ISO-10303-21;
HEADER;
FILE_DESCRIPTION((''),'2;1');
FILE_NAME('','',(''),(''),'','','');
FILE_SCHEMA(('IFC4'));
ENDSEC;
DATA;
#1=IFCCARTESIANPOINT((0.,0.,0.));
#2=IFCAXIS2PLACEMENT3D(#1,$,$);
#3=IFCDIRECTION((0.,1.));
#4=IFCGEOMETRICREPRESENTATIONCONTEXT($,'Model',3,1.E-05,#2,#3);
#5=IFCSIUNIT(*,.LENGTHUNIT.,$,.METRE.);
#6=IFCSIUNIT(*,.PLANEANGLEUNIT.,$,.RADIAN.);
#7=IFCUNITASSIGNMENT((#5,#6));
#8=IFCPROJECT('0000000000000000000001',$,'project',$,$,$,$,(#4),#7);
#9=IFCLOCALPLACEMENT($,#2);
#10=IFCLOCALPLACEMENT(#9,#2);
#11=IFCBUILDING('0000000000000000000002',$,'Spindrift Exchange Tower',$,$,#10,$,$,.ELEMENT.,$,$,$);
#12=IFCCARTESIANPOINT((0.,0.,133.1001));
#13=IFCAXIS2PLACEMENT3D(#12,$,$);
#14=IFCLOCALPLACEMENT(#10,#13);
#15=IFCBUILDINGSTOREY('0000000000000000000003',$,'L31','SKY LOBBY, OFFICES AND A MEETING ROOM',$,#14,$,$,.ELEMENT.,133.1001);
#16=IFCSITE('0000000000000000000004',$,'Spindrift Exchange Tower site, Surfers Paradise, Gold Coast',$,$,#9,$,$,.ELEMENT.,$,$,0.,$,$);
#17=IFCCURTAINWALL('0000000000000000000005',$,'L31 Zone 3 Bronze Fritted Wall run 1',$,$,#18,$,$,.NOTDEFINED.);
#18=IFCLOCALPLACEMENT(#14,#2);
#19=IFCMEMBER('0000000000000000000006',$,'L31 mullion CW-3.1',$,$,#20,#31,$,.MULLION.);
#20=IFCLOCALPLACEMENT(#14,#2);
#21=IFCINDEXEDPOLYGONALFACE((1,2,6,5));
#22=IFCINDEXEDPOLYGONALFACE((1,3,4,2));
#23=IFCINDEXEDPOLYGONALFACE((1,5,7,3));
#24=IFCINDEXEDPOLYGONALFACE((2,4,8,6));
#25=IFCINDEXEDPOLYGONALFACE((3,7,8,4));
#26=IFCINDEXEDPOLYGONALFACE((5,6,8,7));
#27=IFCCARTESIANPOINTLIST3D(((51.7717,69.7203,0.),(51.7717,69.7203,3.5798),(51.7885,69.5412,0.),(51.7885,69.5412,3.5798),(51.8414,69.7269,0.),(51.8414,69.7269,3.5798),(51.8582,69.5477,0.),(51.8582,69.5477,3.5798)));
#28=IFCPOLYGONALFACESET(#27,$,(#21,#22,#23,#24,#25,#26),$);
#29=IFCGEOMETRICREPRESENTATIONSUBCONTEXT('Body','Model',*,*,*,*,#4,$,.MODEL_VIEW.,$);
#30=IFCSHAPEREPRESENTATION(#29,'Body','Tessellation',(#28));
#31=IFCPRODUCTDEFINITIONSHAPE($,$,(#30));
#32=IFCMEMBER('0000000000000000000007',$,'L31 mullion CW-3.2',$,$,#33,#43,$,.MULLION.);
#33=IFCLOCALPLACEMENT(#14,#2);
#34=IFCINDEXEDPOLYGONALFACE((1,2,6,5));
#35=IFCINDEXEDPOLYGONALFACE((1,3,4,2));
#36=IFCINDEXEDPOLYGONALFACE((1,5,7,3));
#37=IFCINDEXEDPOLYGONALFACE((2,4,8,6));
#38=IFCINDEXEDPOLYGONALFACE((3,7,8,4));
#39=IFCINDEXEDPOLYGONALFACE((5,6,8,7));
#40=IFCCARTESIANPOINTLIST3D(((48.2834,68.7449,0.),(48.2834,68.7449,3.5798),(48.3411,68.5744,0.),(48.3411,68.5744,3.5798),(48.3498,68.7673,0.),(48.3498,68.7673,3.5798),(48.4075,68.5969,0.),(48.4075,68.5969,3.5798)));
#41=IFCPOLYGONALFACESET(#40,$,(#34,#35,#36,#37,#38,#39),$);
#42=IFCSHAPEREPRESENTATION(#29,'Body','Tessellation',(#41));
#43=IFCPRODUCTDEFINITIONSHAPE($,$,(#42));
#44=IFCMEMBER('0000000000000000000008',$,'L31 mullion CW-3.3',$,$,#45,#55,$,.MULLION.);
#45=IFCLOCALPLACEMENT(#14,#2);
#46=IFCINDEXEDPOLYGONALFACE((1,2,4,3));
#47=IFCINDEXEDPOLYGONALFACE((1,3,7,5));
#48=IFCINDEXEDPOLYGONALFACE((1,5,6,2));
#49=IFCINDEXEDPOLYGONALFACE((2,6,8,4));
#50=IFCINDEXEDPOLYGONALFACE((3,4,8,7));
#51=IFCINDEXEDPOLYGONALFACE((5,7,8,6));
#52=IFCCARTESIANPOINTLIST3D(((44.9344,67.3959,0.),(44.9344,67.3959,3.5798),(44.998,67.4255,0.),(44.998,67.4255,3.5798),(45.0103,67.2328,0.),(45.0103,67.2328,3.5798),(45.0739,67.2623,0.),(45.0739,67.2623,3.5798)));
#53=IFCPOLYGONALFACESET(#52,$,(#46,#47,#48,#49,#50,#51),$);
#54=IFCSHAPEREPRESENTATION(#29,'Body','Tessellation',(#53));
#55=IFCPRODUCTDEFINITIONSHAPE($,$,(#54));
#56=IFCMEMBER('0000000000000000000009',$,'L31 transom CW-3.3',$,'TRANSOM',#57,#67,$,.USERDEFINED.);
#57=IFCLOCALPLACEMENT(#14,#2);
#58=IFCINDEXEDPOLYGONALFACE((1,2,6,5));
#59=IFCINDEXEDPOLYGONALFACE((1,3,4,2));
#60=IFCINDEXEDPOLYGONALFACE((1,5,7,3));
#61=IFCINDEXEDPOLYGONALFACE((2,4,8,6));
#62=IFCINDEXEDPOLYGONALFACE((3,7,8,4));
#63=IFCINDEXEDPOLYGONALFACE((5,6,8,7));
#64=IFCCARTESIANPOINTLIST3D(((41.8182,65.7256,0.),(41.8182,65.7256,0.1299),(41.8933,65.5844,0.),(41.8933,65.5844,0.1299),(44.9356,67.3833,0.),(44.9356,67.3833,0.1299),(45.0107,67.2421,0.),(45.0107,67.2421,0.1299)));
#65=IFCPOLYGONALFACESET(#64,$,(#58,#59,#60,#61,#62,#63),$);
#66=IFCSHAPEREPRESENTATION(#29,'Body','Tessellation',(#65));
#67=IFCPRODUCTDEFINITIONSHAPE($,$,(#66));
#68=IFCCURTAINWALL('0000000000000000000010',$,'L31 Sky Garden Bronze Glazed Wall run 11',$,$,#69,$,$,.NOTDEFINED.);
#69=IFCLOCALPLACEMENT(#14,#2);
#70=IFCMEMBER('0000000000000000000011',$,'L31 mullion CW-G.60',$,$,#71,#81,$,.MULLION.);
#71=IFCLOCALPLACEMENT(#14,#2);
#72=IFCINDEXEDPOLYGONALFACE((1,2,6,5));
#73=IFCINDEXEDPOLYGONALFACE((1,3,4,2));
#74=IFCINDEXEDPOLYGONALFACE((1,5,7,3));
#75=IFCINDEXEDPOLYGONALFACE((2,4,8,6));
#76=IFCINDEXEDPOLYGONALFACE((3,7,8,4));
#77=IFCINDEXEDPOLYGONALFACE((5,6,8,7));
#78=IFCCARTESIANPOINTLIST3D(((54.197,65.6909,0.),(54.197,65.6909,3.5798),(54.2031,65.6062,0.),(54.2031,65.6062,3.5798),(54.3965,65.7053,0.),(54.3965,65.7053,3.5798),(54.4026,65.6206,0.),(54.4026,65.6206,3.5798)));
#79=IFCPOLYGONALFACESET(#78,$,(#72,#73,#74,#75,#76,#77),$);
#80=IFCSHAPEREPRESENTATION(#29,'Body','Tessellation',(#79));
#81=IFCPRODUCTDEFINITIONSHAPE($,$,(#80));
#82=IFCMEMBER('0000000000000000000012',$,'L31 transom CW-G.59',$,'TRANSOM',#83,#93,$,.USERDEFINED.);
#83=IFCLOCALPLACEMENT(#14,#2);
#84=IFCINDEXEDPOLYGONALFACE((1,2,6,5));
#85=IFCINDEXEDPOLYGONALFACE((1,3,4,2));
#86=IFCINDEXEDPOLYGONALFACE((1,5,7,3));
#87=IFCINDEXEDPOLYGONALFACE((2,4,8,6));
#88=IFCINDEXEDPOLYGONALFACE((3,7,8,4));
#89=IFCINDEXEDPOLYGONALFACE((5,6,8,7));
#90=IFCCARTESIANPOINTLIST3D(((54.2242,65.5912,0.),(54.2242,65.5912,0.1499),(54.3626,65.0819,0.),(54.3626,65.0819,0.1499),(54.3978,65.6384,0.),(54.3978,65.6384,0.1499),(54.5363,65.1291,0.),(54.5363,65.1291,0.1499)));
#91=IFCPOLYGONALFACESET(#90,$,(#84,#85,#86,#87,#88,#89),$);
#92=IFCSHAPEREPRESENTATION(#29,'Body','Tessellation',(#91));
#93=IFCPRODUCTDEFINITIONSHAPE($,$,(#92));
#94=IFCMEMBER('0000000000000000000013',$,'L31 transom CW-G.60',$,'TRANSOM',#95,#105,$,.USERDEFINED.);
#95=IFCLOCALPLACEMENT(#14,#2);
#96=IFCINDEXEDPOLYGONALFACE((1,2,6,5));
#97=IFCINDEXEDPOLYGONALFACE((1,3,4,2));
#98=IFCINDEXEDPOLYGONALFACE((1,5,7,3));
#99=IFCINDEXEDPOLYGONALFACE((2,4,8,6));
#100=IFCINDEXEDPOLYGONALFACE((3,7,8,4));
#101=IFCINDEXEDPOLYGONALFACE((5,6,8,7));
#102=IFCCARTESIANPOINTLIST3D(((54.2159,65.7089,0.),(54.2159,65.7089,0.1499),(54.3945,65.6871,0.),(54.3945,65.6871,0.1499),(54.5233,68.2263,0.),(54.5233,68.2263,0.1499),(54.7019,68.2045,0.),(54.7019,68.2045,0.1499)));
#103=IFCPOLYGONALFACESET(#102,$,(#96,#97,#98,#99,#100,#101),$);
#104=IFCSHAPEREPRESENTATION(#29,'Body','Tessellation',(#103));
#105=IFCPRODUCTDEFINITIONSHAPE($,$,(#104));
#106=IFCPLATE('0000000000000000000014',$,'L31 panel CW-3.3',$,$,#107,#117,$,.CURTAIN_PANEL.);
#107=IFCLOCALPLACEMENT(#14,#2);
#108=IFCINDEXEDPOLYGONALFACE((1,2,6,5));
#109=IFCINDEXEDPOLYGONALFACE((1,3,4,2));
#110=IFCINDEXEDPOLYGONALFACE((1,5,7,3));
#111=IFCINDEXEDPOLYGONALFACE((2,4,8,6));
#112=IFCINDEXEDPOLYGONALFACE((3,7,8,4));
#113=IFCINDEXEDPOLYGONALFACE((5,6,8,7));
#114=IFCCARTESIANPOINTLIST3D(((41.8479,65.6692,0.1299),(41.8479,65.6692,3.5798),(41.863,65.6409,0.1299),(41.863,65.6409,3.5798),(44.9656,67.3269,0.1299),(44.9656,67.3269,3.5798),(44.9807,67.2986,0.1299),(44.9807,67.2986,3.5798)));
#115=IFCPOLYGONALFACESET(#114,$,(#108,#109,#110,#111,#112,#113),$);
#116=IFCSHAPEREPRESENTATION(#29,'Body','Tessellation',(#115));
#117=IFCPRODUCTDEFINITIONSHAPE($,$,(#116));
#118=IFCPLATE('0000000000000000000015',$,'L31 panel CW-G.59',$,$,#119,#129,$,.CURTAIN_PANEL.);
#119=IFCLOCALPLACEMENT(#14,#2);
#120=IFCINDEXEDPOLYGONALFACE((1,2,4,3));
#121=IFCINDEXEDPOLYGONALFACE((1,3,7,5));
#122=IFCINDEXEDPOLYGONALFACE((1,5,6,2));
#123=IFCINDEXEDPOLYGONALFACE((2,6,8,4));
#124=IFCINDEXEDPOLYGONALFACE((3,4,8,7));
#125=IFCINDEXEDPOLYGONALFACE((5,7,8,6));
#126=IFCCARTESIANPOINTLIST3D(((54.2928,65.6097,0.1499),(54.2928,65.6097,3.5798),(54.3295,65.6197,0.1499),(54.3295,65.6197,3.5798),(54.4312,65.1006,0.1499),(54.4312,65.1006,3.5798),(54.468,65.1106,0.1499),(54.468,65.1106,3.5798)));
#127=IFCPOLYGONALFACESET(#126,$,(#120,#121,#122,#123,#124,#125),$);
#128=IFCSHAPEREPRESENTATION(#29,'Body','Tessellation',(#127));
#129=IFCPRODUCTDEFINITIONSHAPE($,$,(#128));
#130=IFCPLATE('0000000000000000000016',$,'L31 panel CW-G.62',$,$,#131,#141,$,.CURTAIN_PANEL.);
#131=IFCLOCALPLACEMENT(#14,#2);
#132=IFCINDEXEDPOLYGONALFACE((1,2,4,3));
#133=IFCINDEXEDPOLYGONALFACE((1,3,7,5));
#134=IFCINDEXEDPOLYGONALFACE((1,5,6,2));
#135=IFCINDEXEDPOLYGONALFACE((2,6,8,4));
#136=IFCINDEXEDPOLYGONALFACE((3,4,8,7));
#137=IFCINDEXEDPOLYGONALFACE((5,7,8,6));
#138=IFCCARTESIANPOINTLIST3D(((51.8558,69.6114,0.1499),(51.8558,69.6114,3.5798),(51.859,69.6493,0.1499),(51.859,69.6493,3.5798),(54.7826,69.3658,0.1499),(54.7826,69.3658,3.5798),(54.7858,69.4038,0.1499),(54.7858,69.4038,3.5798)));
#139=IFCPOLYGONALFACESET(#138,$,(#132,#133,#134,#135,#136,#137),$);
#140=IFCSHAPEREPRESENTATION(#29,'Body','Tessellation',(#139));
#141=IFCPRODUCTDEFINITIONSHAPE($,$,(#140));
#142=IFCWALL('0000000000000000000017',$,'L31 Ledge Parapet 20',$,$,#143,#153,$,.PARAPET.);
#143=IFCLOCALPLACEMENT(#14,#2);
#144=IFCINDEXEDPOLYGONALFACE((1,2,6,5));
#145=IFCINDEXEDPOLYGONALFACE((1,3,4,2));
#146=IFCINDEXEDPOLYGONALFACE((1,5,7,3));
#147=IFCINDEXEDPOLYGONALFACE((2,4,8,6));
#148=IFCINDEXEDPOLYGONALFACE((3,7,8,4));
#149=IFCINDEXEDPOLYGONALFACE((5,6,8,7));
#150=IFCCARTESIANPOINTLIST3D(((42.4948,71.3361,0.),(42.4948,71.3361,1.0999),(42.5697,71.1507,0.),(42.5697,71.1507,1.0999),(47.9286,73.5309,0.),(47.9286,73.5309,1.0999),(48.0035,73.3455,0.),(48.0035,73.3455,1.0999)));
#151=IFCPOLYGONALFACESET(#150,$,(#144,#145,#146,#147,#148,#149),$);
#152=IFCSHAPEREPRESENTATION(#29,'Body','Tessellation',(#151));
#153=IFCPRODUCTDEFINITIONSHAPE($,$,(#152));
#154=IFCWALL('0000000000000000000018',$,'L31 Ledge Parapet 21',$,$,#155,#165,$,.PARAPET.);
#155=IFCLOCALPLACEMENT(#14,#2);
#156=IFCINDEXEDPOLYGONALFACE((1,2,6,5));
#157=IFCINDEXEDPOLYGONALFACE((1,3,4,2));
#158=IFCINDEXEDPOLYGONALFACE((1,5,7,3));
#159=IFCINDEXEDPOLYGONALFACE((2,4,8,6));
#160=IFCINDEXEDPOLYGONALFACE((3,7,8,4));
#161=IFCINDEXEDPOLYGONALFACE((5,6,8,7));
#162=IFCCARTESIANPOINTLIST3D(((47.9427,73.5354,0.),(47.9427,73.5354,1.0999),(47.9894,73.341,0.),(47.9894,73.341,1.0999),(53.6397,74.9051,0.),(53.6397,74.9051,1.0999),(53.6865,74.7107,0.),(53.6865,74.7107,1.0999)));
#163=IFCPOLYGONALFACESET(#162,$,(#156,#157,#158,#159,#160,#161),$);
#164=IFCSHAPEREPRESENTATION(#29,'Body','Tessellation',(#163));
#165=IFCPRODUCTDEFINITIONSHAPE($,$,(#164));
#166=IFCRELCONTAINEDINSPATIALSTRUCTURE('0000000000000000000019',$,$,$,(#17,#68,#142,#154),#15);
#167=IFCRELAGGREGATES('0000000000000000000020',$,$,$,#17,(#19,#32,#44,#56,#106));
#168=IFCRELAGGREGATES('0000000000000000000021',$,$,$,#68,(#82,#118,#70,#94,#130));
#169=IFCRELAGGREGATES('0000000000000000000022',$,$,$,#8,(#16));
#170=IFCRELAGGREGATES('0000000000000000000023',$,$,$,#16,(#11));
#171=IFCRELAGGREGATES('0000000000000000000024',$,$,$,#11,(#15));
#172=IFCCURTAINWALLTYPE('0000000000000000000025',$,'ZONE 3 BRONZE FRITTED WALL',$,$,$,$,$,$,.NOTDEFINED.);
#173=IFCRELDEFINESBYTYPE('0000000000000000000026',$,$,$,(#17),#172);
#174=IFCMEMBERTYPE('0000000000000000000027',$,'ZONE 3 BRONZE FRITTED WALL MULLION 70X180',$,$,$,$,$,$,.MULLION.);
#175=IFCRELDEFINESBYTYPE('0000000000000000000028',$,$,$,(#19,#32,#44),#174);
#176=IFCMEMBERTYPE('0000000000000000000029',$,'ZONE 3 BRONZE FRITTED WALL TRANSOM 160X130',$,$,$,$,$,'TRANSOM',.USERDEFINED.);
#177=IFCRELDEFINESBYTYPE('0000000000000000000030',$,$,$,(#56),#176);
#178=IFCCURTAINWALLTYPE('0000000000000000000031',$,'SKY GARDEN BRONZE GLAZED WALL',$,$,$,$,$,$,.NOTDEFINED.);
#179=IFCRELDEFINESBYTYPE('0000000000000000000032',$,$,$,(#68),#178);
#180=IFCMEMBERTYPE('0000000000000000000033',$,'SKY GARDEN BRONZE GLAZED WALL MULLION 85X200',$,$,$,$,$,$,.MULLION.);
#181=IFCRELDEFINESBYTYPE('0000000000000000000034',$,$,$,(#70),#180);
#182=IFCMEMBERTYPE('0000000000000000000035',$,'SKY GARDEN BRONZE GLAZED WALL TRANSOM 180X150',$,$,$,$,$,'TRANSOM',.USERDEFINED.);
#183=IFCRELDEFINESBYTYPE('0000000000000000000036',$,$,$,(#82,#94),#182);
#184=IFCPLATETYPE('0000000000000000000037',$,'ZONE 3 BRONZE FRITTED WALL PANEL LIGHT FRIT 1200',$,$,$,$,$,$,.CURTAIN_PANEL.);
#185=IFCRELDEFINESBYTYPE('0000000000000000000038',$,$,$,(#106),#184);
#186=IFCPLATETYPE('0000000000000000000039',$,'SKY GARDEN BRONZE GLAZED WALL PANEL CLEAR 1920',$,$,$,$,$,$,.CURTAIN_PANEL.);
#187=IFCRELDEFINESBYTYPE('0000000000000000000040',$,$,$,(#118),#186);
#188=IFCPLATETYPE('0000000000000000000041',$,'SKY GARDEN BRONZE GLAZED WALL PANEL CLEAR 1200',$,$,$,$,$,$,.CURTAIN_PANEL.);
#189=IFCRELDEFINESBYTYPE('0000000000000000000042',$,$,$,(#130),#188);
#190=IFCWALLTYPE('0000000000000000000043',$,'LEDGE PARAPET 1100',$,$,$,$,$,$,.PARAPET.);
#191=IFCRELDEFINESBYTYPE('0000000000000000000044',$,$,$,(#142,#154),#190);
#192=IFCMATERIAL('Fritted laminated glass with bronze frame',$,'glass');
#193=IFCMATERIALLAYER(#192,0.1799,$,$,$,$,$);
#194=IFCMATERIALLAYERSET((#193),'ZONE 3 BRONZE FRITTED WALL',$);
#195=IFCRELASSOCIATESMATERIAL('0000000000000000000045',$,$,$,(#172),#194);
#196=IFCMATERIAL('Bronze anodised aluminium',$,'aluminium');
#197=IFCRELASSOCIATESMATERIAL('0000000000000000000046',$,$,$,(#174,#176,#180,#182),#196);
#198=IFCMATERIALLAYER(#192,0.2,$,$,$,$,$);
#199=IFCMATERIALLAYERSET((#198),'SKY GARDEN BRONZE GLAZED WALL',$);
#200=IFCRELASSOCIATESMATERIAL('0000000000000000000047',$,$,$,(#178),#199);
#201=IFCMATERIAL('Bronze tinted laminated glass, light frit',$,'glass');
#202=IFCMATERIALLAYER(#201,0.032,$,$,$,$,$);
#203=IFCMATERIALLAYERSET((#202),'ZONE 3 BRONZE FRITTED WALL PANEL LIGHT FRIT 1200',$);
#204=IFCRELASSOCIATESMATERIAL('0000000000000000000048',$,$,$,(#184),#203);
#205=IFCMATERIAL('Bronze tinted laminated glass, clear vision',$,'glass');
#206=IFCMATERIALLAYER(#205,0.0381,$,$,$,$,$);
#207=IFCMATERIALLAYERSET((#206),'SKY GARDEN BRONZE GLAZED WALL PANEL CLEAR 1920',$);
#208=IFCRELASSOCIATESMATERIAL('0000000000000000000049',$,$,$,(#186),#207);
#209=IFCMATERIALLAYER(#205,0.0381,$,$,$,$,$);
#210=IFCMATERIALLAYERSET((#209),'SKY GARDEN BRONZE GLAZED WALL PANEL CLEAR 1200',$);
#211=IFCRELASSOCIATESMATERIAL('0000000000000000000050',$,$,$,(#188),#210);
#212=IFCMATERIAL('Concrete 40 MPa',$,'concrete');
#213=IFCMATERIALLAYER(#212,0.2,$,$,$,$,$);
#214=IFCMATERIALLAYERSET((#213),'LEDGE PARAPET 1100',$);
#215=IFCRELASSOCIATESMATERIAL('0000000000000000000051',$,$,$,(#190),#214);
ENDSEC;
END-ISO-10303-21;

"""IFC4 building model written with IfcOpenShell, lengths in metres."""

from ifc_helpers import new_model, si_unit, direction, frame, frame_2d, origin, origin_2d, place, context, subcontext, project, spatial, rectangle, extrude, source, transform, mapped, material, layer, layer_set, material_profile, profile_set, type_object, element, aggregate, save


model = new_model("IFC4")

# Units and contexts
model_context = context("Model", 3, precision=1e-05, world=origin(), true_north=direction((0.0, 1.0)))
body_context = subcontext(model_context, "Body", "Model", "MODEL_VIEW")
ifc_project = project(units=[si_unit("LENGTHUNIT", "METRE"), si_unit("PLANEANGLEUNIT", "RADIAN")], contexts=[model_context])

# Site, building, storey
site_placement = place(None, origin())
site = spatial("IfcSite", under=ifc_project, at=site_placement, Name="Spindrift Exchange Tower site, Surfers Paradise, Gold Coast", CompositionType="ELEMENT", RefElevation=0.0)
building_placement = place(site_placement, origin())
building = spatial("IfcBuilding", under=site, at=building_placement, Name="Spindrift Exchange Tower", CompositionType="ELEMENT")
storey_placement = place(building_placement, frame((0.0, 0.0, 133.1001)))
storey = spatial("IfcBuildingStorey", under=building, at=storey_placement, Name="L31", Description="SKY LOBBY, OFFICES AND A MEETING ROOM", CompositionType="ELEMENT", Elevation=133.1001)

# Curtain walls, members
ifc_material_1 = material(Name="Fritted laminated glass with bronze frame", Category="glass")
ifc_layer_1 = layer(ifc_material_1, 0.1799)
ifc_layer_set_1 = layer_set([ifc_layer_1], Name="ZONE 3 BRONZE FRITTED WALL")
curtain_wall_type_1 = type_object("IfcCurtainWallType", Name="ZONE 3 BRONZE FRITTED WALL", PredefinedType="NOTDEFINED", material=ifc_layer_set_1)
curtain_wall_1_placement = place(storey_placement, origin())
curtain_wall_1 = element("IfcCurtainWall", 1, at=curtain_wall_1_placement, inside=storey, type_object=curtain_wall_type_1, Name="L31 Zone 3 Bronze Fritted Wall run 1", PredefinedType="NOTDEFINED")
ifc_material_2 = material(Name="Bronze anodised aluminium", Category="aluminium")
ifc_material_profile_1 = material_profile(ifc_material_2, rectangle(XDim=0.0701, YDim=0.1799, at=origin_2d()), Name="ZONE 3 BRONZE FRITTED WALL MULLION 70X180")
ifc_profile_set_1 = profile_set([ifc_material_profile_1], Name="Bronze anodised aluminium")
member_type_1 = type_object("IfcMemberType", Name="ZONE 3 BRONZE FRITTED WALL MULLION 70X180", PredefinedType="MULLION", material=ifc_profile_set_1)
shared_shape_1 = source(origin(), body_context, "Body", "SweptSolid", [
    extrude(rectangle(XDim=0.0701, YDim=0.1799, at=origin_2d()), origin(), (0.0, 0.0, 1.0), 3.5798),
])
member_1_placement = place(storey_placement, frame((51.8149, 69.634, 0.0), z_axis=(0.0, 0.0, 1.0), x_axis=(-0.995631, -0.093379, 0.0)))
member_1 = element("IfcMember", 2, at=member_1_placement, type_object=member_type_1, Name="L31 mullion CW-3.1", PredefinedType="MULLION", context=body_context, shape_type="MappedRepresentation", body=[
    mapped(shared_shape_1, transform((0.0, 0.0, 0.0), scale=1.0)),
])
member_2_placement = place(storey_placement, frame((48.3455, 68.6709, 0.0), z_axis=(0.0, 0.0, 1.0), x_axis=(-0.94723, -0.320554, 0.0)))
member_2 = element("IfcMember", 3, at=member_2_placement, type_object=member_type_1, Name="L31 mullion CW-3.2", PredefinedType="MULLION", context=body_context, shape_type="MappedRepresentation", body=[
    mapped(shared_shape_1, transform((0.0, 0.0, 0.0), scale=1.0)),
])
member_3_placement = place(storey_placement, frame((45.0042, 67.3291, 0.0), z_axis=(0.0, 0.0, 1.0), x_axis=(-0.90675, -0.421669, 0.0)))
member_3 = element("IfcMember", 4, at=member_3_placement, type_object=member_type_1, Name="L31 mullion CW-3.3", PredefinedType="MULLION", context=body_context, shape_type="MappedRepresentation", body=[
    mapped(shared_shape_1, transform((0.0, 0.0, 0.0), scale=1.0)),
])
ifc_material_profile_2 = material_profile(ifc_material_2, rectangle(XDim=0.1599, YDim=0.1299, at=origin_2d()), Name="ZONE 3 BRONZE FRITTED WALL TRANSOM 160X130")
ifc_profile_set_2 = profile_set([ifc_material_profile_2], Name="Bronze anodised aluminium")
member_type_2 = type_object("IfcMemberType", Name="ZONE 3 BRONZE FRITTED WALL TRANSOM 160X130", ElementType="TRANSOM", PredefinedType="USERDEFINED", material=ifc_profile_set_2)
shared_shape_2 = source(origin(), body_context, "Body", "SweptSolid", [
    extrude(rectangle(XDim=0.1599, YDim=0.1299, at=origin_2d()), origin(), (0.0, 0.0, 1.0), 3.5308),
])
member_4_placement = place(storey_placement, frame((44.9731, 67.3127, 0.0649), z_axis=(-0.88293, -0.469504, 0.0), x_axis=(0.469504, -0.88293, 0.0)))
member_4 = element("IfcMember", 5, at=member_4_placement, type_object=member_type_2, Name="L31 transom CW-3.3", ObjectType="TRANSOM", PredefinedType="USERDEFINED", context=body_context, shape_type="MappedRepresentation", body=[
    mapped(shared_shape_2, transform((0.0, 0.0, 0.0), scale=1.0)),
])
ifc_layer_2 = layer(ifc_material_1, 0.2)
ifc_layer_set_2 = layer_set([ifc_layer_2], Name="SKY GARDEN BRONZE GLAZED WALL")
curtain_wall_type_2 = type_object("IfcCurtainWallType", Name="SKY GARDEN BRONZE GLAZED WALL", PredefinedType="NOTDEFINED", material=ifc_layer_set_2)
curtain_wall_2_placement = place(storey_placement, origin())
curtain_wall_2 = element("IfcCurtainWall", 6, at=curtain_wall_2_placement, inside=storey, type_object=curtain_wall_type_2, Name="L31 Sky Garden Bronze Glazed Wall run 11", PredefinedType="NOTDEFINED")
ifc_material_profile_3 = material_profile(ifc_material_2, rectangle(XDim=0.085, YDim=0.2, at=origin_2d()), Name="SKY GARDEN BRONZE GLAZED WALL MULLION 85X200")
ifc_profile_set_3 = profile_set([ifc_material_profile_3], Name="Bronze anodised aluminium")
member_type_3 = type_object("IfcMemberType", Name="SKY GARDEN BRONZE GLAZED WALL MULLION 85X200", PredefinedType="MULLION", material=ifc_profile_set_3)
shared_shape_3 = source(origin(), body_context, "Body", "SweptSolid", [
    extrude(rectangle(XDim=0.085, YDim=0.2, at=origin_2d()), origin(), (0.0, 0.0, 1.0), 3.5798),
])
member_5_placement = place(storey_placement, frame((54.2998, 65.6558, 0.0), z_axis=(0.0, 0.0, 1.0), x_axis=(-0.071938, 0.997409, 0.0)))
member_5 = element("IfcMember", 7, at=member_5_placement, type_object=member_type_3, Name="L31 mullion CW-G.60", PredefinedType="MULLION", context=body_context, shape_type="MappedRepresentation", body=[
    mapped(shared_shape_3, transform((0.0, 0.0, 0.0), scale=1.0)),
])
ifc_material_profile_4 = material_profile(ifc_material_2, rectangle(XDim=0.1799, YDim=0.1499, at=origin_2d()), Name="SKY GARDEN BRONZE GLAZED WALL TRANSOM 180X150")
ifc_profile_set_4 = profile_set([ifc_material_profile_4], Name="Bronze anodised aluminium")
member_type_4 = type_object("IfcMemberType", Name="SKY GARDEN BRONZE GLAZED WALL TRANSOM 180X150", ElementType="TRANSOM", PredefinedType="USERDEFINED", material=ifc_profile_set_4)
shared_shape_4 = source(origin(), body_context, "Body", "SweptSolid", [
    extrude(rectangle(XDim=0.1799, YDim=0.1499, at=origin_2d()), origin(), (0.0, 0.0, 1.0), 0.5278),
])
member_6_placement = place(storey_placement, frame((54.4495, 65.1055, 0.075), z_axis=(-0.262295, 0.964988, 0.0), x_axis=(-0.964988, -0.262295, 0.0)))
member_6 = element("IfcMember", 8, at=member_6_placement, type_object=member_type_4, Name="L31 transom CW-G.59", ObjectType="TRANSOM", PredefinedType="USERDEFINED", context=body_context, shape_type="MappedRepresentation", body=[
    mapped(shared_shape_4, transform((0.0, 0.0, 0.0), scale=1.0)),
])
shared_shape_5 = source(origin(), body_context, "Body", "SweptSolid", [
    extrude(rectangle(XDim=0.1799, YDim=0.1499, at=origin_2d()), origin(), (0.0, 0.0, 1.0), 2.5361),
])
member_7_placement = place(storey_placement, frame((54.3052, 65.698, 0.075), z_axis=(0.121202, 0.992628, 0.0), x_axis=(-0.992628, 0.121202, 0.0)))
member_7 = element("IfcMember", 9, at=member_7_placement, type_object=member_type_4, Name="L31 transom CW-G.60", ObjectType="TRANSOM", PredefinedType="USERDEFINED", context=body_context, shape_type="MappedRepresentation", body=[
    mapped(shared_shape_5, transform((0.0, 0.0, 0.0), scale=1.0)),
])

# Plates
ifc_material_3 = material(Name="Bronze tinted laminated glass, light frit", Category="glass")
ifc_layer_3 = layer(ifc_material_3, 0.032)
ifc_layer_set_3 = layer_set([ifc_layer_3], Name="ZONE 3 BRONZE FRITTED WALL PANEL LIGHT FRIT 1200")
plate_type_1 = type_object("IfcPlateType", Name="ZONE 3 BRONZE FRITTED WALL PANEL LIGHT FRIT 1200", PredefinedType="CURTAIN_PANEL", material=ifc_layer_set_3)
shared_shape_6 = source(origin(), body_context, "Body", "SweptSolid", [
    extrude(rectangle(XDim=3.531, YDim=0.032, at=origin_2d()), origin(), (0.0, 0.0, 1.0), 3.45),
])
plate_1_placement = place(storey_placement, frame((43.4143, 66.4839, 0.1299), z_axis=(0.0, 0.0, 1.0), x_axis=(-0.882949, -0.469468, 0.0)))
plate_1 = element("IfcPlate", 10, at=plate_1_placement, type_object=plate_type_1, Name="L31 panel CW-3.3", PredefinedType="CURTAIN_PANEL", context=body_context, shape_type="MappedRepresentation", body=[
    mapped(shared_shape_6, transform((0.0, 0.0, 0.0), scale=1.0)),
])
aggregate(curtain_wall_1, [member_1, member_2, member_3, member_4, plate_1])
ifc_material_4 = material(Name="Bronze tinted laminated glass, clear vision", Category="glass")
ifc_layer_4 = layer(ifc_material_4, 0.0381)
ifc_layer_set_4 = layer_set([ifc_layer_4], Name="SKY GARDEN BRONZE GLAZED WALL PANEL CLEAR 1920")
plate_type_2 = type_object("IfcPlateType", Name="SKY GARDEN BRONZE GLAZED WALL PANEL CLEAR 1920", PredefinedType="CURTAIN_PANEL", material=ifc_layer_set_4)
shared_shape_7 = source(origin(), body_context, "Body", "SweptSolid", [
    extrude(rectangle(XDim=0.5276, YDim=0.0381, at=origin_2d()), origin(), (0.0, 0.0, 1.0), 3.4299),
])
plate_2_placement = place(storey_placement, frame((54.3804, 65.3601, 0.1499), z_axis=(0.0, 0.0, 1.0), x_axis=(-0.262454, 0.964945, 0.0)))
plate_2 = element("IfcPlate", 11, at=plate_2_placement, type_object=plate_type_2, Name="L31 panel CW-G.59", PredefinedType="CURTAIN_PANEL", context=body_context, shape_type="MappedRepresentation", body=[
    mapped(shared_shape_7, transform((0.0, 0.0, 0.0), scale=1.0)),
])
ifc_layer_5 = layer(ifc_material_4, 0.0381)
ifc_layer_set_5 = layer_set([ifc_layer_5], Name="SKY GARDEN BRONZE GLAZED WALL PANEL CLEAR 1200")
plate_type_3 = type_object("IfcPlateType", Name="SKY GARDEN BRONZE GLAZED WALL PANEL CLEAR 1200", PredefinedType="CURTAIN_PANEL", material=ifc_layer_set_5)
shared_shape_8 = source(origin(), body_context, "Body", "SweptSolid", [
    extrude(rectangle(XDim=2.937, YDim=0.0381, at=origin_2d()), origin(), (0.0, 0.0, 1.0), 3.4299),
])
plate_3_placement = place(storey_placement, frame((53.3208, 69.5076, 0.1499), z_axis=(0.0, 0.0, 1.0), x_axis=(-0.996498, 0.083617, 0.0)))
plate_3 = element("IfcPlate", 12, at=plate_3_placement, type_object=plate_type_3, Name="L31 panel CW-G.62", PredefinedType="CURTAIN_PANEL", context=body_context, shape_type="MappedRepresentation", body=[
    mapped(shared_shape_8, transform((0.0, 0.0, 0.0), scale=1.0)),
])
aggregate(curtain_wall_2, [member_6, plate_2, member_5, member_7, plate_3])

# Walls
ifc_material_5 = material(Name="Concrete 40 MPa", Category="concrete")
ifc_layer_6 = layer(ifc_material_5, 0.2)
ifc_layer_set_6 = layer_set([ifc_layer_6], Name="LEDGE PARAPET 1100")
wall_type_1 = type_object("IfcWallType", Name="LEDGE PARAPET 1100", PredefinedType="PARAPET", material=ifc_layer_set_6)
wall_1_placement = place(storey_placement, frame((42.5322, 71.2434, 0.0), z_axis=(0.0, 0.0, 1.0), x_axis=(0.927219, 0.37452, 0.0)))
element("IfcWall", 13, at=wall_1_placement, inside=storey, type_object=wall_type_1, Name="L31 Ledge Parapet 20", PredefinedType="PARAPET", context=body_context, shape_type="SweptSolid", body=[
    extrude(rectangle(XDim=5.8604, YDim=0.2, at=frame_2d((2.9302, 0.0))), origin(), (0.0, 0.0, 1.0), 1.0999),
])
wall_2_placement = place(storey_placement, frame((47.9661, 73.4382, 0.0), z_axis=(0.0, 0.0, 1.0), x_axis=(0.972296, 0.233751, 0.0)))
element("IfcWall", 14, at=wall_2_placement, inside=storey, type_object=wall_type_1, Name="L31 Ledge Parapet 21", PredefinedType="PARAPET", context=body_context, shape_type="SweptSolid", body=[
    extrude(rectangle(XDim=5.8594, YDim=0.2, at=frame_2d((2.9297, 0.0))), origin(), (0.0, 0.0, 1.0), 1.0999),
])

save(model, "model.ifc")
